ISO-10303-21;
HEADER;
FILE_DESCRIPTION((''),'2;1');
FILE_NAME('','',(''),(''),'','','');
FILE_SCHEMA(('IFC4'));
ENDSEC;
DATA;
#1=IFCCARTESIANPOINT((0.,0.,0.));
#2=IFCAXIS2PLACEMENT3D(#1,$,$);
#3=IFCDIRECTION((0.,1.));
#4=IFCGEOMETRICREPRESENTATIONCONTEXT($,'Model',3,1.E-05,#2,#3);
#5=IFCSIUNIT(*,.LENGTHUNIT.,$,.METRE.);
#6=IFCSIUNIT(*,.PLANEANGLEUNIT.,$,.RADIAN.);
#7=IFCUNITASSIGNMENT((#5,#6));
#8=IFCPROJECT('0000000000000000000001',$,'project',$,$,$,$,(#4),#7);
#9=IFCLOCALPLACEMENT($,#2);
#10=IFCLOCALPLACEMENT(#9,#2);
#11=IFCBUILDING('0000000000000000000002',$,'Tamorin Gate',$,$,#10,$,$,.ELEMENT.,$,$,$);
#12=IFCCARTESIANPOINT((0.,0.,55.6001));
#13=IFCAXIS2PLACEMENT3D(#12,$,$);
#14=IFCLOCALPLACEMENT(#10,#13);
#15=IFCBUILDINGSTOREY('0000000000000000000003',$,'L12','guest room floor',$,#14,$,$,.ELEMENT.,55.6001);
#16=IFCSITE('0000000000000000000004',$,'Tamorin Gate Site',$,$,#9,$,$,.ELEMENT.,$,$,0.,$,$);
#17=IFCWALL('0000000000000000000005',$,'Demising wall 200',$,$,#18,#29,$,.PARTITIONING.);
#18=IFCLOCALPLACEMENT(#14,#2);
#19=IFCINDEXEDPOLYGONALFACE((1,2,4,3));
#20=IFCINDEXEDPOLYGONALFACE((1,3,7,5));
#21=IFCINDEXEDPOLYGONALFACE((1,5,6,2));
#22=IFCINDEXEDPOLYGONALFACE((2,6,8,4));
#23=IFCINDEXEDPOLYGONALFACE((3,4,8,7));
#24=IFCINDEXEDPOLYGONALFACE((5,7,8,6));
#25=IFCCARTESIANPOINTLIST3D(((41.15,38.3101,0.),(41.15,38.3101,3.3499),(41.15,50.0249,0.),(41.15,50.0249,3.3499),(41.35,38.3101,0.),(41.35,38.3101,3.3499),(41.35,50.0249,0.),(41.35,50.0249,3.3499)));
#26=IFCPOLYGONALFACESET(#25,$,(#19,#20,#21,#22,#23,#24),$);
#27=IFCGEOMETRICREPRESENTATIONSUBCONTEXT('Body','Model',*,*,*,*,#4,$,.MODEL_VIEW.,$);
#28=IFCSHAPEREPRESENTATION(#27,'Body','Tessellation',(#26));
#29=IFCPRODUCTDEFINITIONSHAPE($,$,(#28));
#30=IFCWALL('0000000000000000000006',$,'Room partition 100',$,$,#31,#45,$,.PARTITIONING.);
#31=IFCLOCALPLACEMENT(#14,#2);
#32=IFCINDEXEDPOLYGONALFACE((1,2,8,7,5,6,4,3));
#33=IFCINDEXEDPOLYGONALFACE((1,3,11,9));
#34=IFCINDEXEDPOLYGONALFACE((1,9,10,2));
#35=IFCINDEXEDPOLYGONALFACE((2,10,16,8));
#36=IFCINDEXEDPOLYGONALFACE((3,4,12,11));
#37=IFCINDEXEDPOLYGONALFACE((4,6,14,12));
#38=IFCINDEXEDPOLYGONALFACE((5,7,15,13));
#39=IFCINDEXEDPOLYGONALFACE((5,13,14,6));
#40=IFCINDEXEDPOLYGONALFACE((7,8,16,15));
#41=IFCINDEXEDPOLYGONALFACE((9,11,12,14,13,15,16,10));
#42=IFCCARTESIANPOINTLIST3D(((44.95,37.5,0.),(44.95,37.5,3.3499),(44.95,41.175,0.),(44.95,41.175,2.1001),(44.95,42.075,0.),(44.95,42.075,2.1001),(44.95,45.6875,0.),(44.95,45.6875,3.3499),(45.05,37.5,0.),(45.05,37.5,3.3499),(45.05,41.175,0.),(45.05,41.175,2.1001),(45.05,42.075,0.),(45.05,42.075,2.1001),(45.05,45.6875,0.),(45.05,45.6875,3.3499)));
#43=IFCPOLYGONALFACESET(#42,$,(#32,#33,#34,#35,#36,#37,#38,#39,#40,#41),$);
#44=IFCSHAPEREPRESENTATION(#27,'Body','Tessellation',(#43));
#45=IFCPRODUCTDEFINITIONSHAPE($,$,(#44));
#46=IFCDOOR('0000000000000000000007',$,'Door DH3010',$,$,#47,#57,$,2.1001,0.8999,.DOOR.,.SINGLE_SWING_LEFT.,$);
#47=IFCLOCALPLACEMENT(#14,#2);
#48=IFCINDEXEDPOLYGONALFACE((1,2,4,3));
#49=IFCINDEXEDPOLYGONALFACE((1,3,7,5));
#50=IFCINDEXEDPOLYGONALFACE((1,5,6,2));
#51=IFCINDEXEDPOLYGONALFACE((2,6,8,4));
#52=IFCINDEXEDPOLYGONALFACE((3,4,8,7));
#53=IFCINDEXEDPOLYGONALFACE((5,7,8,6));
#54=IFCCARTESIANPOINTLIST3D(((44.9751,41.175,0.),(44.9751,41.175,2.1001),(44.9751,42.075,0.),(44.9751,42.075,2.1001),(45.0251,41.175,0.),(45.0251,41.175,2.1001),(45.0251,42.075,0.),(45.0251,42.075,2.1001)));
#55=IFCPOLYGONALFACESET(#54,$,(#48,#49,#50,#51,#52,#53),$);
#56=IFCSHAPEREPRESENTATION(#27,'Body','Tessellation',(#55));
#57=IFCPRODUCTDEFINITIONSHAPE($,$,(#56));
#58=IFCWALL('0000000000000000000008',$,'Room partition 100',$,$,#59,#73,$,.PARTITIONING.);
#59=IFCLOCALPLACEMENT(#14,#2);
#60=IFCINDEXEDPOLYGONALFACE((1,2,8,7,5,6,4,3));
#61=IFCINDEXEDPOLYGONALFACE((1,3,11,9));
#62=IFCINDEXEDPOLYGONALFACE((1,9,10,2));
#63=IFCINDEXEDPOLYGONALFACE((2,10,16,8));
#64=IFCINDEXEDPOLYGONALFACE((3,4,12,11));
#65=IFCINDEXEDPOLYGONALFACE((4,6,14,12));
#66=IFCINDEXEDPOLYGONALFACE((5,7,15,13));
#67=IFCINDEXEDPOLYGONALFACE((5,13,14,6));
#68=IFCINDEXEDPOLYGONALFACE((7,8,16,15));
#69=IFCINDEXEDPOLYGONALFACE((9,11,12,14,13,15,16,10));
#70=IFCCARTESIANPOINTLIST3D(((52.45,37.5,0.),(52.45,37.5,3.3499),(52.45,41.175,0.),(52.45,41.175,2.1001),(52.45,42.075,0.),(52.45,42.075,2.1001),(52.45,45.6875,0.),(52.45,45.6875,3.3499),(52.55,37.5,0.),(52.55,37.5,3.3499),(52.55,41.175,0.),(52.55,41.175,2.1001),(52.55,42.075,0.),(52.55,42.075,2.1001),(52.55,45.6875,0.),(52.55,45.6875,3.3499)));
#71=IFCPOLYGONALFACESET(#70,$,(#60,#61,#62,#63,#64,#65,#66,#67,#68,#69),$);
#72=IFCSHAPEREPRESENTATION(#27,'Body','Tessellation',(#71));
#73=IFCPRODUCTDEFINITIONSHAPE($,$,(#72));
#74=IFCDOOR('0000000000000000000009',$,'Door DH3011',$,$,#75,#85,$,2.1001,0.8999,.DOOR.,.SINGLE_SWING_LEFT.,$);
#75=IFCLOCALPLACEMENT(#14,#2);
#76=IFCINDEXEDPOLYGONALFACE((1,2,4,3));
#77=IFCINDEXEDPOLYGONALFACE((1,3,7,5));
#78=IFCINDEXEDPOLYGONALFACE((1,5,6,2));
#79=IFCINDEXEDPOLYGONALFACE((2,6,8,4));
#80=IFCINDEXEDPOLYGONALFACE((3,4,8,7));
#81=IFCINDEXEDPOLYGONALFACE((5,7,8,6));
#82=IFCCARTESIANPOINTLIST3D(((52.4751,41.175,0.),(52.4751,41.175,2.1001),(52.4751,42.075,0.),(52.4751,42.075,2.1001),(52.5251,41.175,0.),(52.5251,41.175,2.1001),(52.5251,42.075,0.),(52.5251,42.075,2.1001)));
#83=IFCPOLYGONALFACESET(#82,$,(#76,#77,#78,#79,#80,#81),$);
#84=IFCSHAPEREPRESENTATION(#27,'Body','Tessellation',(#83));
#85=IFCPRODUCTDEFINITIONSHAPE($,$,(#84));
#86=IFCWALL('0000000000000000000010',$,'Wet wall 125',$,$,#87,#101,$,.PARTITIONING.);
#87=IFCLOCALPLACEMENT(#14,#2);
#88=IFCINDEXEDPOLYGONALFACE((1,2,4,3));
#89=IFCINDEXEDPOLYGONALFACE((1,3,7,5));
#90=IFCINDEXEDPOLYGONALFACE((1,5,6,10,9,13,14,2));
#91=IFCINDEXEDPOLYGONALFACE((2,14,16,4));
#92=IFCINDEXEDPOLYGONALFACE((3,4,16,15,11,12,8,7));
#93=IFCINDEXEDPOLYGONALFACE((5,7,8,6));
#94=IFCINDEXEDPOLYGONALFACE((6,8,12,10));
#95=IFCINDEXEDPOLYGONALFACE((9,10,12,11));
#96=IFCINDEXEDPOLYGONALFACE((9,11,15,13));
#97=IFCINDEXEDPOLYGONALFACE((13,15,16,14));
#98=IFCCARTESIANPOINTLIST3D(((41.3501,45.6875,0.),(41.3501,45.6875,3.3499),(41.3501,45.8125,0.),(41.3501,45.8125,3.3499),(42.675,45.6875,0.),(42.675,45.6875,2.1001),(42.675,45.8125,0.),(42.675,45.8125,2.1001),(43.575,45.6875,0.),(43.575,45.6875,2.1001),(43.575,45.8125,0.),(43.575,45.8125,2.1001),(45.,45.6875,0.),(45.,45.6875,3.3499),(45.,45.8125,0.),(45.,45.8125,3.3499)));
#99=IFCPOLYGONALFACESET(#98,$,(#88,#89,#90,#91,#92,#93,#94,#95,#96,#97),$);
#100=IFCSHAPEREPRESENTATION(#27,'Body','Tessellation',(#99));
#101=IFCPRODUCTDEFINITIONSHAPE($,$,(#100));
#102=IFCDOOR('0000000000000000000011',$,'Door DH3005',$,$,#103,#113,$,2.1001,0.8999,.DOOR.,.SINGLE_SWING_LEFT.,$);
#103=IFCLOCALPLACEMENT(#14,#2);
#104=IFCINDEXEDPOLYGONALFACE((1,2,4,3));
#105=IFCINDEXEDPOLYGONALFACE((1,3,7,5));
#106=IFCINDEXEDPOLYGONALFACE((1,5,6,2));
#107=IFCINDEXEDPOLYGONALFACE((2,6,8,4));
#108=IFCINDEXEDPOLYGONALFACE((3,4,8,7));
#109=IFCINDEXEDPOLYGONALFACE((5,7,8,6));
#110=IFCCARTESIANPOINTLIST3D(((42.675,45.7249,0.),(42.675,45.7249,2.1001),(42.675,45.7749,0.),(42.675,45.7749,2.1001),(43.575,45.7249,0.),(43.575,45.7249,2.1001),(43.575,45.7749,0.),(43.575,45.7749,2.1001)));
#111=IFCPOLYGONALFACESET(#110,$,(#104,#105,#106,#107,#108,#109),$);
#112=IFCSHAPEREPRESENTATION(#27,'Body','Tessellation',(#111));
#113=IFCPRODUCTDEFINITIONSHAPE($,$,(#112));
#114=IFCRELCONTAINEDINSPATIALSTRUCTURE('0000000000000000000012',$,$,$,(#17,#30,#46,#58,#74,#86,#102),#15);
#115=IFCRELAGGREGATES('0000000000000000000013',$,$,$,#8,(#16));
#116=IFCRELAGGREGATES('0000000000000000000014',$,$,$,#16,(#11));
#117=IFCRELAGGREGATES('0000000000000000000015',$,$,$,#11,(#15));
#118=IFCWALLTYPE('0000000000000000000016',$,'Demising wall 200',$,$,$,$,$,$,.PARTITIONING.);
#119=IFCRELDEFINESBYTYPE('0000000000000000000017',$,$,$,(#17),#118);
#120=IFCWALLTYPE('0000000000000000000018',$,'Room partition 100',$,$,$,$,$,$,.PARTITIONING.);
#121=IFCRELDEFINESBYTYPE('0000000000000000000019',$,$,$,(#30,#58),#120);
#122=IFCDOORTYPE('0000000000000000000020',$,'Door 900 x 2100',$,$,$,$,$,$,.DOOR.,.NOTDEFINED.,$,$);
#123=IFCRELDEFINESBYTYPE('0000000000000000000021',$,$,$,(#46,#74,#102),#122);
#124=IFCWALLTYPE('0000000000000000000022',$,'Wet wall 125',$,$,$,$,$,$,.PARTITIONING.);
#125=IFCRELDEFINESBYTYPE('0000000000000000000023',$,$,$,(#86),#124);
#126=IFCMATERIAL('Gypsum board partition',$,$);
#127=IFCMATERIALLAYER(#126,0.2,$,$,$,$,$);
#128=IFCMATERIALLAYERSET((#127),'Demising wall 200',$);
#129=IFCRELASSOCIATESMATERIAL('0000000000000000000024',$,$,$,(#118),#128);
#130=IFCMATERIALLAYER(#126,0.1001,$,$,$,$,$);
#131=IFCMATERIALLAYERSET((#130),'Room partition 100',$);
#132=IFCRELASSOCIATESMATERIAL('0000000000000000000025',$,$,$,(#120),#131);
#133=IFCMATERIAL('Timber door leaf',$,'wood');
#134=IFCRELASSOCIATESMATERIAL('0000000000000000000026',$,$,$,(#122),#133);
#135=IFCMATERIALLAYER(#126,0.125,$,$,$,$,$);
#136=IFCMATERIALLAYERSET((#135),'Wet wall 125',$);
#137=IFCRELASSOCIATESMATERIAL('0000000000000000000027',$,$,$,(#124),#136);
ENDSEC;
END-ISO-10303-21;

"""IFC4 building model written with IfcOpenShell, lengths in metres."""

from ifc_helpers import new_model, si_unit, direction, frame, frame_2d, origin, place, context, subcontext, project, spatial, rectangle, extrude, material, layer, layer_set, type_object, element, fill, save


model = new_model("IFC4")

# Units and contexts
model_context = context("Model", 3, precision=1e-05, world=origin(), true_north=direction((0.0, 1.0)))
body_context = subcontext(model_context, "Body", "Model", "MODEL_VIEW")
ifc_project = project(units=[si_unit("LENGTHUNIT", "METRE"), si_unit("PLANEANGLEUNIT", "RADIAN")], contexts=[model_context])

# Site, building, storey
site_placement = place(None, origin())
site = spatial("IfcSite", under=ifc_project, at=site_placement, Name="Tamorin Gate Site", CompositionType="ELEMENT", RefElevation=0.0)
building_placement = place(site_placement, origin())
building = spatial("IfcBuilding", under=site, at=building_placement, Name="Tamorin Gate", CompositionType="ELEMENT")
storey_placement = place(building_placement, frame((0.0, 0.0, 55.6001)))
storey = spatial("IfcBuildingStorey", under=building, at=storey_placement, Name="L12", Description="guest room floor", CompositionType="ELEMENT", Elevation=55.6001)

# Wall
ifc_material_1 = material(Name="Gypsum board partition")
ifc_layer_1 = layer(ifc_material_1, 0.2)
ifc_layer_set_1 = layer_set([ifc_layer_1], Name="Demising wall 200")
wall_type_1 = type_object("IfcWallType", Name="Demising wall 200", PredefinedType="PARTITIONING", material=ifc_layer_set_1)
wall_1_placement = place(storey_placement, frame((41.25, 38.3101, 0.0), z_axis=(0.0, 0.0, 1.0), x_axis=(0.0, 1.0, 0.0)))
element("IfcWall", 1, at=wall_1_placement, inside=storey, type_object=wall_type_1, Name="Demising wall 200", PredefinedType="PARTITIONING", context=body_context, shape_type="SweptSolid", body=[
    extrude(rectangle(XDim=11.7148, YDim=0.2, at=frame_2d((5.8574, 0.0))), origin(), (0.0, 0.0, 1.0), 3.3499),
])

# Walls, openings, doors
ifc_layer_2 = layer(ifc_material_1, 0.1001)
ifc_layer_set_2 = layer_set([ifc_layer_2], Name="Room partition 100")
wall_type_2 = type_object("IfcWallType", Name="Room partition 100", PredefinedType="PARTITIONING", material=ifc_layer_set_2)
wall_2_placement = place(storey_placement, frame((45.0, 37.5, 0.0), z_axis=(0.0, 0.0, 1.0), x_axis=(0.0, 1.0, 0.0)))
wall_2 = element("IfcWall", 2, at=wall_2_placement, inside=storey, type_object=wall_type_2, Name="Room partition 100", PredefinedType="PARTITIONING", context=body_context, shape_type="SweptSolid", body=[
    extrude(rectangle(XDim=8.1875, YDim=0.1001, at=frame_2d((4.0938, 0.0))), origin(), (0.0, 0.0, 1.0), 3.3499),
])
opening_1_placement = place(wall_2_placement, frame((3.675, 0.0, 0.0)))
opening_1 = element("IfcOpeningElement", 3, at=opening_1_placement, cuts=wall_2, PredefinedType="OPENING", context=body_context, shape_type="SweptSolid", body=[
    extrude(rectangle(XDim=0.8999, YDim=2.1001, at=frame_2d((0.45, 1.05))), frame((0.0, 0.0601, 0.0), z_axis=(0.0, -1.0, 0.0), x_axis=(1.0, 0.0, 0.0)), (0.0, 0.0, 1.0), 0.1201),
])
ifc_material_2 = material(Name="Timber door leaf", Category="wood")
door_type = type_object("IfcDoorType", Name="Door 900 x 2100", OperationType="NOTDEFINED", PredefinedType="DOOR", material=ifc_material_2)
door_1_placement = place(opening_1_placement, origin())
door_1 = element("IfcDoor", 4, at=door_1_placement, inside=storey, type_object=door_type, Name="Door DH3010", OperationType="SINGLE_SWING_LEFT", OverallHeight=2.1001, OverallWidth=0.8999, PredefinedType="DOOR", context=body_context, shape_type="SweptSolid", body=[
    extrude(rectangle(XDim=0.8999, YDim=2.1001, at=frame_2d((0.45, 1.05))), frame((0.0, 0.0249, 0.0), z_axis=(0.0, -1.0, 0.0), x_axis=(1.0, 0.0, 0.0)), (0.0, 0.0, 1.0), 0.05),
])
fill(opening_1, door_1)
wall_3_placement = place(storey_placement, frame((52.5, 37.5, 0.0), z_axis=(0.0, 0.0, 1.0), x_axis=(0.0, 1.0, 0.0)))
wall_3 = element("IfcWall", 5, at=wall_3_placement, inside=storey, type_object=wall_type_2, Name="Room partition 100", PredefinedType="PARTITIONING", context=body_context, shape_type="SweptSolid", body=[
    extrude(rectangle(XDim=8.1875, YDim=0.1001, at=frame_2d((4.0938, 0.0))), origin(), (0.0, 0.0, 1.0), 3.3499),
])
opening_2_placement = place(wall_3_placement, frame((3.675, 0.0, 0.0)))
opening_2 = element("IfcOpeningElement", 6, at=opening_2_placement, cuts=wall_3, PredefinedType="OPENING", context=body_context, shape_type="SweptSolid", body=[
    extrude(rectangle(XDim=0.8999, YDim=2.1001, at=frame_2d((0.45, 1.05))), frame((0.0, 0.0601, 0.0), z_axis=(0.0, -1.0, 0.0), x_axis=(1.0, 0.0, 0.0)), (0.0, 0.0, 1.0), 0.1201),
])
door_2_placement = place(opening_2_placement, origin())
door_2 = element("IfcDoor", 7, at=door_2_placement, inside=storey, type_object=door_type, Name="Door DH3011", OperationType="SINGLE_SWING_LEFT", OverallHeight=2.1001, OverallWidth=0.8999, PredefinedType="DOOR", context=body_context, shape_type="SweptSolid", body=[
    extrude(rectangle(XDim=0.8999, YDim=2.1001, at=frame_2d((0.45, 1.05))), frame((0.0, 0.0249, 0.0), z_axis=(0.0, -1.0, 0.0), x_axis=(1.0, 0.0, 0.0)), (0.0, 0.0, 1.0), 0.05),
])
fill(opening_2, door_2)
ifc_layer_3 = layer(ifc_material_1, 0.125)
ifc_layer_set_3 = layer_set([ifc_layer_3], Name="Wet wall 125")
wall_type_3 = type_object("IfcWallType", Name="Wet wall 125", PredefinedType="PARTITIONING", material=ifc_layer_set_3)
wall_4_placement = place(storey_placement, frame((41.3501, 45.75, 0.0), z_axis=(0.0, 0.0, 1.0), x_axis=(1.0, 0.0, 0.0)))
wall_4 = element("IfcWall", 8, at=wall_4_placement, inside=storey, type_object=wall_type_3, Name="Wet wall 125", PredefinedType="PARTITIONING", context=body_context, shape_type="SweptSolid", body=[
    extrude(rectangle(XDim=3.6499, YDim=0.125, at=frame_2d((1.825, 0.0))), origin(), (0.0, 0.0, 1.0), 3.3499),
])
opening_3_placement = place(wall_4_placement, frame((1.325, 0.0, 0.0)))
opening_3 = element("IfcOpeningElement", 9, at=opening_3_placement, cuts=wall_4, PredefinedType="OPENING", context=body_context, shape_type="SweptSolid", body=[
    extrude(rectangle(XDim=0.8999, YDim=2.1001, at=frame_2d((0.45, 1.05))), frame((0.0, 0.0725, 0.0), z_axis=(0.0, -1.0, 0.0), x_axis=(1.0, 0.0, 0.0)), (0.0, 0.0, 1.0), 0.145),
])
door_3_placement = place(opening_3_placement, origin())
door_3 = element("IfcDoor", 10, at=door_3_placement, inside=storey, type_object=door_type, Name="Door DH3005", OperationType="SINGLE_SWING_LEFT", OverallHeight=2.1001, OverallWidth=0.8999, PredefinedType="DOOR", context=body_context, shape_type="SweptSolid", body=[
    extrude(rectangle(XDim=0.8999, YDim=2.1001, at=frame_2d((0.45, 1.05))), frame((0.0, 0.0249, 0.0), z_axis=(0.0, -1.0, 0.0), x_axis=(1.0, 0.0, 0.0)), (0.0, 0.0, 1.0), 0.05),
])
fill(opening_3, door_3)

save(model, "model.ifc")
